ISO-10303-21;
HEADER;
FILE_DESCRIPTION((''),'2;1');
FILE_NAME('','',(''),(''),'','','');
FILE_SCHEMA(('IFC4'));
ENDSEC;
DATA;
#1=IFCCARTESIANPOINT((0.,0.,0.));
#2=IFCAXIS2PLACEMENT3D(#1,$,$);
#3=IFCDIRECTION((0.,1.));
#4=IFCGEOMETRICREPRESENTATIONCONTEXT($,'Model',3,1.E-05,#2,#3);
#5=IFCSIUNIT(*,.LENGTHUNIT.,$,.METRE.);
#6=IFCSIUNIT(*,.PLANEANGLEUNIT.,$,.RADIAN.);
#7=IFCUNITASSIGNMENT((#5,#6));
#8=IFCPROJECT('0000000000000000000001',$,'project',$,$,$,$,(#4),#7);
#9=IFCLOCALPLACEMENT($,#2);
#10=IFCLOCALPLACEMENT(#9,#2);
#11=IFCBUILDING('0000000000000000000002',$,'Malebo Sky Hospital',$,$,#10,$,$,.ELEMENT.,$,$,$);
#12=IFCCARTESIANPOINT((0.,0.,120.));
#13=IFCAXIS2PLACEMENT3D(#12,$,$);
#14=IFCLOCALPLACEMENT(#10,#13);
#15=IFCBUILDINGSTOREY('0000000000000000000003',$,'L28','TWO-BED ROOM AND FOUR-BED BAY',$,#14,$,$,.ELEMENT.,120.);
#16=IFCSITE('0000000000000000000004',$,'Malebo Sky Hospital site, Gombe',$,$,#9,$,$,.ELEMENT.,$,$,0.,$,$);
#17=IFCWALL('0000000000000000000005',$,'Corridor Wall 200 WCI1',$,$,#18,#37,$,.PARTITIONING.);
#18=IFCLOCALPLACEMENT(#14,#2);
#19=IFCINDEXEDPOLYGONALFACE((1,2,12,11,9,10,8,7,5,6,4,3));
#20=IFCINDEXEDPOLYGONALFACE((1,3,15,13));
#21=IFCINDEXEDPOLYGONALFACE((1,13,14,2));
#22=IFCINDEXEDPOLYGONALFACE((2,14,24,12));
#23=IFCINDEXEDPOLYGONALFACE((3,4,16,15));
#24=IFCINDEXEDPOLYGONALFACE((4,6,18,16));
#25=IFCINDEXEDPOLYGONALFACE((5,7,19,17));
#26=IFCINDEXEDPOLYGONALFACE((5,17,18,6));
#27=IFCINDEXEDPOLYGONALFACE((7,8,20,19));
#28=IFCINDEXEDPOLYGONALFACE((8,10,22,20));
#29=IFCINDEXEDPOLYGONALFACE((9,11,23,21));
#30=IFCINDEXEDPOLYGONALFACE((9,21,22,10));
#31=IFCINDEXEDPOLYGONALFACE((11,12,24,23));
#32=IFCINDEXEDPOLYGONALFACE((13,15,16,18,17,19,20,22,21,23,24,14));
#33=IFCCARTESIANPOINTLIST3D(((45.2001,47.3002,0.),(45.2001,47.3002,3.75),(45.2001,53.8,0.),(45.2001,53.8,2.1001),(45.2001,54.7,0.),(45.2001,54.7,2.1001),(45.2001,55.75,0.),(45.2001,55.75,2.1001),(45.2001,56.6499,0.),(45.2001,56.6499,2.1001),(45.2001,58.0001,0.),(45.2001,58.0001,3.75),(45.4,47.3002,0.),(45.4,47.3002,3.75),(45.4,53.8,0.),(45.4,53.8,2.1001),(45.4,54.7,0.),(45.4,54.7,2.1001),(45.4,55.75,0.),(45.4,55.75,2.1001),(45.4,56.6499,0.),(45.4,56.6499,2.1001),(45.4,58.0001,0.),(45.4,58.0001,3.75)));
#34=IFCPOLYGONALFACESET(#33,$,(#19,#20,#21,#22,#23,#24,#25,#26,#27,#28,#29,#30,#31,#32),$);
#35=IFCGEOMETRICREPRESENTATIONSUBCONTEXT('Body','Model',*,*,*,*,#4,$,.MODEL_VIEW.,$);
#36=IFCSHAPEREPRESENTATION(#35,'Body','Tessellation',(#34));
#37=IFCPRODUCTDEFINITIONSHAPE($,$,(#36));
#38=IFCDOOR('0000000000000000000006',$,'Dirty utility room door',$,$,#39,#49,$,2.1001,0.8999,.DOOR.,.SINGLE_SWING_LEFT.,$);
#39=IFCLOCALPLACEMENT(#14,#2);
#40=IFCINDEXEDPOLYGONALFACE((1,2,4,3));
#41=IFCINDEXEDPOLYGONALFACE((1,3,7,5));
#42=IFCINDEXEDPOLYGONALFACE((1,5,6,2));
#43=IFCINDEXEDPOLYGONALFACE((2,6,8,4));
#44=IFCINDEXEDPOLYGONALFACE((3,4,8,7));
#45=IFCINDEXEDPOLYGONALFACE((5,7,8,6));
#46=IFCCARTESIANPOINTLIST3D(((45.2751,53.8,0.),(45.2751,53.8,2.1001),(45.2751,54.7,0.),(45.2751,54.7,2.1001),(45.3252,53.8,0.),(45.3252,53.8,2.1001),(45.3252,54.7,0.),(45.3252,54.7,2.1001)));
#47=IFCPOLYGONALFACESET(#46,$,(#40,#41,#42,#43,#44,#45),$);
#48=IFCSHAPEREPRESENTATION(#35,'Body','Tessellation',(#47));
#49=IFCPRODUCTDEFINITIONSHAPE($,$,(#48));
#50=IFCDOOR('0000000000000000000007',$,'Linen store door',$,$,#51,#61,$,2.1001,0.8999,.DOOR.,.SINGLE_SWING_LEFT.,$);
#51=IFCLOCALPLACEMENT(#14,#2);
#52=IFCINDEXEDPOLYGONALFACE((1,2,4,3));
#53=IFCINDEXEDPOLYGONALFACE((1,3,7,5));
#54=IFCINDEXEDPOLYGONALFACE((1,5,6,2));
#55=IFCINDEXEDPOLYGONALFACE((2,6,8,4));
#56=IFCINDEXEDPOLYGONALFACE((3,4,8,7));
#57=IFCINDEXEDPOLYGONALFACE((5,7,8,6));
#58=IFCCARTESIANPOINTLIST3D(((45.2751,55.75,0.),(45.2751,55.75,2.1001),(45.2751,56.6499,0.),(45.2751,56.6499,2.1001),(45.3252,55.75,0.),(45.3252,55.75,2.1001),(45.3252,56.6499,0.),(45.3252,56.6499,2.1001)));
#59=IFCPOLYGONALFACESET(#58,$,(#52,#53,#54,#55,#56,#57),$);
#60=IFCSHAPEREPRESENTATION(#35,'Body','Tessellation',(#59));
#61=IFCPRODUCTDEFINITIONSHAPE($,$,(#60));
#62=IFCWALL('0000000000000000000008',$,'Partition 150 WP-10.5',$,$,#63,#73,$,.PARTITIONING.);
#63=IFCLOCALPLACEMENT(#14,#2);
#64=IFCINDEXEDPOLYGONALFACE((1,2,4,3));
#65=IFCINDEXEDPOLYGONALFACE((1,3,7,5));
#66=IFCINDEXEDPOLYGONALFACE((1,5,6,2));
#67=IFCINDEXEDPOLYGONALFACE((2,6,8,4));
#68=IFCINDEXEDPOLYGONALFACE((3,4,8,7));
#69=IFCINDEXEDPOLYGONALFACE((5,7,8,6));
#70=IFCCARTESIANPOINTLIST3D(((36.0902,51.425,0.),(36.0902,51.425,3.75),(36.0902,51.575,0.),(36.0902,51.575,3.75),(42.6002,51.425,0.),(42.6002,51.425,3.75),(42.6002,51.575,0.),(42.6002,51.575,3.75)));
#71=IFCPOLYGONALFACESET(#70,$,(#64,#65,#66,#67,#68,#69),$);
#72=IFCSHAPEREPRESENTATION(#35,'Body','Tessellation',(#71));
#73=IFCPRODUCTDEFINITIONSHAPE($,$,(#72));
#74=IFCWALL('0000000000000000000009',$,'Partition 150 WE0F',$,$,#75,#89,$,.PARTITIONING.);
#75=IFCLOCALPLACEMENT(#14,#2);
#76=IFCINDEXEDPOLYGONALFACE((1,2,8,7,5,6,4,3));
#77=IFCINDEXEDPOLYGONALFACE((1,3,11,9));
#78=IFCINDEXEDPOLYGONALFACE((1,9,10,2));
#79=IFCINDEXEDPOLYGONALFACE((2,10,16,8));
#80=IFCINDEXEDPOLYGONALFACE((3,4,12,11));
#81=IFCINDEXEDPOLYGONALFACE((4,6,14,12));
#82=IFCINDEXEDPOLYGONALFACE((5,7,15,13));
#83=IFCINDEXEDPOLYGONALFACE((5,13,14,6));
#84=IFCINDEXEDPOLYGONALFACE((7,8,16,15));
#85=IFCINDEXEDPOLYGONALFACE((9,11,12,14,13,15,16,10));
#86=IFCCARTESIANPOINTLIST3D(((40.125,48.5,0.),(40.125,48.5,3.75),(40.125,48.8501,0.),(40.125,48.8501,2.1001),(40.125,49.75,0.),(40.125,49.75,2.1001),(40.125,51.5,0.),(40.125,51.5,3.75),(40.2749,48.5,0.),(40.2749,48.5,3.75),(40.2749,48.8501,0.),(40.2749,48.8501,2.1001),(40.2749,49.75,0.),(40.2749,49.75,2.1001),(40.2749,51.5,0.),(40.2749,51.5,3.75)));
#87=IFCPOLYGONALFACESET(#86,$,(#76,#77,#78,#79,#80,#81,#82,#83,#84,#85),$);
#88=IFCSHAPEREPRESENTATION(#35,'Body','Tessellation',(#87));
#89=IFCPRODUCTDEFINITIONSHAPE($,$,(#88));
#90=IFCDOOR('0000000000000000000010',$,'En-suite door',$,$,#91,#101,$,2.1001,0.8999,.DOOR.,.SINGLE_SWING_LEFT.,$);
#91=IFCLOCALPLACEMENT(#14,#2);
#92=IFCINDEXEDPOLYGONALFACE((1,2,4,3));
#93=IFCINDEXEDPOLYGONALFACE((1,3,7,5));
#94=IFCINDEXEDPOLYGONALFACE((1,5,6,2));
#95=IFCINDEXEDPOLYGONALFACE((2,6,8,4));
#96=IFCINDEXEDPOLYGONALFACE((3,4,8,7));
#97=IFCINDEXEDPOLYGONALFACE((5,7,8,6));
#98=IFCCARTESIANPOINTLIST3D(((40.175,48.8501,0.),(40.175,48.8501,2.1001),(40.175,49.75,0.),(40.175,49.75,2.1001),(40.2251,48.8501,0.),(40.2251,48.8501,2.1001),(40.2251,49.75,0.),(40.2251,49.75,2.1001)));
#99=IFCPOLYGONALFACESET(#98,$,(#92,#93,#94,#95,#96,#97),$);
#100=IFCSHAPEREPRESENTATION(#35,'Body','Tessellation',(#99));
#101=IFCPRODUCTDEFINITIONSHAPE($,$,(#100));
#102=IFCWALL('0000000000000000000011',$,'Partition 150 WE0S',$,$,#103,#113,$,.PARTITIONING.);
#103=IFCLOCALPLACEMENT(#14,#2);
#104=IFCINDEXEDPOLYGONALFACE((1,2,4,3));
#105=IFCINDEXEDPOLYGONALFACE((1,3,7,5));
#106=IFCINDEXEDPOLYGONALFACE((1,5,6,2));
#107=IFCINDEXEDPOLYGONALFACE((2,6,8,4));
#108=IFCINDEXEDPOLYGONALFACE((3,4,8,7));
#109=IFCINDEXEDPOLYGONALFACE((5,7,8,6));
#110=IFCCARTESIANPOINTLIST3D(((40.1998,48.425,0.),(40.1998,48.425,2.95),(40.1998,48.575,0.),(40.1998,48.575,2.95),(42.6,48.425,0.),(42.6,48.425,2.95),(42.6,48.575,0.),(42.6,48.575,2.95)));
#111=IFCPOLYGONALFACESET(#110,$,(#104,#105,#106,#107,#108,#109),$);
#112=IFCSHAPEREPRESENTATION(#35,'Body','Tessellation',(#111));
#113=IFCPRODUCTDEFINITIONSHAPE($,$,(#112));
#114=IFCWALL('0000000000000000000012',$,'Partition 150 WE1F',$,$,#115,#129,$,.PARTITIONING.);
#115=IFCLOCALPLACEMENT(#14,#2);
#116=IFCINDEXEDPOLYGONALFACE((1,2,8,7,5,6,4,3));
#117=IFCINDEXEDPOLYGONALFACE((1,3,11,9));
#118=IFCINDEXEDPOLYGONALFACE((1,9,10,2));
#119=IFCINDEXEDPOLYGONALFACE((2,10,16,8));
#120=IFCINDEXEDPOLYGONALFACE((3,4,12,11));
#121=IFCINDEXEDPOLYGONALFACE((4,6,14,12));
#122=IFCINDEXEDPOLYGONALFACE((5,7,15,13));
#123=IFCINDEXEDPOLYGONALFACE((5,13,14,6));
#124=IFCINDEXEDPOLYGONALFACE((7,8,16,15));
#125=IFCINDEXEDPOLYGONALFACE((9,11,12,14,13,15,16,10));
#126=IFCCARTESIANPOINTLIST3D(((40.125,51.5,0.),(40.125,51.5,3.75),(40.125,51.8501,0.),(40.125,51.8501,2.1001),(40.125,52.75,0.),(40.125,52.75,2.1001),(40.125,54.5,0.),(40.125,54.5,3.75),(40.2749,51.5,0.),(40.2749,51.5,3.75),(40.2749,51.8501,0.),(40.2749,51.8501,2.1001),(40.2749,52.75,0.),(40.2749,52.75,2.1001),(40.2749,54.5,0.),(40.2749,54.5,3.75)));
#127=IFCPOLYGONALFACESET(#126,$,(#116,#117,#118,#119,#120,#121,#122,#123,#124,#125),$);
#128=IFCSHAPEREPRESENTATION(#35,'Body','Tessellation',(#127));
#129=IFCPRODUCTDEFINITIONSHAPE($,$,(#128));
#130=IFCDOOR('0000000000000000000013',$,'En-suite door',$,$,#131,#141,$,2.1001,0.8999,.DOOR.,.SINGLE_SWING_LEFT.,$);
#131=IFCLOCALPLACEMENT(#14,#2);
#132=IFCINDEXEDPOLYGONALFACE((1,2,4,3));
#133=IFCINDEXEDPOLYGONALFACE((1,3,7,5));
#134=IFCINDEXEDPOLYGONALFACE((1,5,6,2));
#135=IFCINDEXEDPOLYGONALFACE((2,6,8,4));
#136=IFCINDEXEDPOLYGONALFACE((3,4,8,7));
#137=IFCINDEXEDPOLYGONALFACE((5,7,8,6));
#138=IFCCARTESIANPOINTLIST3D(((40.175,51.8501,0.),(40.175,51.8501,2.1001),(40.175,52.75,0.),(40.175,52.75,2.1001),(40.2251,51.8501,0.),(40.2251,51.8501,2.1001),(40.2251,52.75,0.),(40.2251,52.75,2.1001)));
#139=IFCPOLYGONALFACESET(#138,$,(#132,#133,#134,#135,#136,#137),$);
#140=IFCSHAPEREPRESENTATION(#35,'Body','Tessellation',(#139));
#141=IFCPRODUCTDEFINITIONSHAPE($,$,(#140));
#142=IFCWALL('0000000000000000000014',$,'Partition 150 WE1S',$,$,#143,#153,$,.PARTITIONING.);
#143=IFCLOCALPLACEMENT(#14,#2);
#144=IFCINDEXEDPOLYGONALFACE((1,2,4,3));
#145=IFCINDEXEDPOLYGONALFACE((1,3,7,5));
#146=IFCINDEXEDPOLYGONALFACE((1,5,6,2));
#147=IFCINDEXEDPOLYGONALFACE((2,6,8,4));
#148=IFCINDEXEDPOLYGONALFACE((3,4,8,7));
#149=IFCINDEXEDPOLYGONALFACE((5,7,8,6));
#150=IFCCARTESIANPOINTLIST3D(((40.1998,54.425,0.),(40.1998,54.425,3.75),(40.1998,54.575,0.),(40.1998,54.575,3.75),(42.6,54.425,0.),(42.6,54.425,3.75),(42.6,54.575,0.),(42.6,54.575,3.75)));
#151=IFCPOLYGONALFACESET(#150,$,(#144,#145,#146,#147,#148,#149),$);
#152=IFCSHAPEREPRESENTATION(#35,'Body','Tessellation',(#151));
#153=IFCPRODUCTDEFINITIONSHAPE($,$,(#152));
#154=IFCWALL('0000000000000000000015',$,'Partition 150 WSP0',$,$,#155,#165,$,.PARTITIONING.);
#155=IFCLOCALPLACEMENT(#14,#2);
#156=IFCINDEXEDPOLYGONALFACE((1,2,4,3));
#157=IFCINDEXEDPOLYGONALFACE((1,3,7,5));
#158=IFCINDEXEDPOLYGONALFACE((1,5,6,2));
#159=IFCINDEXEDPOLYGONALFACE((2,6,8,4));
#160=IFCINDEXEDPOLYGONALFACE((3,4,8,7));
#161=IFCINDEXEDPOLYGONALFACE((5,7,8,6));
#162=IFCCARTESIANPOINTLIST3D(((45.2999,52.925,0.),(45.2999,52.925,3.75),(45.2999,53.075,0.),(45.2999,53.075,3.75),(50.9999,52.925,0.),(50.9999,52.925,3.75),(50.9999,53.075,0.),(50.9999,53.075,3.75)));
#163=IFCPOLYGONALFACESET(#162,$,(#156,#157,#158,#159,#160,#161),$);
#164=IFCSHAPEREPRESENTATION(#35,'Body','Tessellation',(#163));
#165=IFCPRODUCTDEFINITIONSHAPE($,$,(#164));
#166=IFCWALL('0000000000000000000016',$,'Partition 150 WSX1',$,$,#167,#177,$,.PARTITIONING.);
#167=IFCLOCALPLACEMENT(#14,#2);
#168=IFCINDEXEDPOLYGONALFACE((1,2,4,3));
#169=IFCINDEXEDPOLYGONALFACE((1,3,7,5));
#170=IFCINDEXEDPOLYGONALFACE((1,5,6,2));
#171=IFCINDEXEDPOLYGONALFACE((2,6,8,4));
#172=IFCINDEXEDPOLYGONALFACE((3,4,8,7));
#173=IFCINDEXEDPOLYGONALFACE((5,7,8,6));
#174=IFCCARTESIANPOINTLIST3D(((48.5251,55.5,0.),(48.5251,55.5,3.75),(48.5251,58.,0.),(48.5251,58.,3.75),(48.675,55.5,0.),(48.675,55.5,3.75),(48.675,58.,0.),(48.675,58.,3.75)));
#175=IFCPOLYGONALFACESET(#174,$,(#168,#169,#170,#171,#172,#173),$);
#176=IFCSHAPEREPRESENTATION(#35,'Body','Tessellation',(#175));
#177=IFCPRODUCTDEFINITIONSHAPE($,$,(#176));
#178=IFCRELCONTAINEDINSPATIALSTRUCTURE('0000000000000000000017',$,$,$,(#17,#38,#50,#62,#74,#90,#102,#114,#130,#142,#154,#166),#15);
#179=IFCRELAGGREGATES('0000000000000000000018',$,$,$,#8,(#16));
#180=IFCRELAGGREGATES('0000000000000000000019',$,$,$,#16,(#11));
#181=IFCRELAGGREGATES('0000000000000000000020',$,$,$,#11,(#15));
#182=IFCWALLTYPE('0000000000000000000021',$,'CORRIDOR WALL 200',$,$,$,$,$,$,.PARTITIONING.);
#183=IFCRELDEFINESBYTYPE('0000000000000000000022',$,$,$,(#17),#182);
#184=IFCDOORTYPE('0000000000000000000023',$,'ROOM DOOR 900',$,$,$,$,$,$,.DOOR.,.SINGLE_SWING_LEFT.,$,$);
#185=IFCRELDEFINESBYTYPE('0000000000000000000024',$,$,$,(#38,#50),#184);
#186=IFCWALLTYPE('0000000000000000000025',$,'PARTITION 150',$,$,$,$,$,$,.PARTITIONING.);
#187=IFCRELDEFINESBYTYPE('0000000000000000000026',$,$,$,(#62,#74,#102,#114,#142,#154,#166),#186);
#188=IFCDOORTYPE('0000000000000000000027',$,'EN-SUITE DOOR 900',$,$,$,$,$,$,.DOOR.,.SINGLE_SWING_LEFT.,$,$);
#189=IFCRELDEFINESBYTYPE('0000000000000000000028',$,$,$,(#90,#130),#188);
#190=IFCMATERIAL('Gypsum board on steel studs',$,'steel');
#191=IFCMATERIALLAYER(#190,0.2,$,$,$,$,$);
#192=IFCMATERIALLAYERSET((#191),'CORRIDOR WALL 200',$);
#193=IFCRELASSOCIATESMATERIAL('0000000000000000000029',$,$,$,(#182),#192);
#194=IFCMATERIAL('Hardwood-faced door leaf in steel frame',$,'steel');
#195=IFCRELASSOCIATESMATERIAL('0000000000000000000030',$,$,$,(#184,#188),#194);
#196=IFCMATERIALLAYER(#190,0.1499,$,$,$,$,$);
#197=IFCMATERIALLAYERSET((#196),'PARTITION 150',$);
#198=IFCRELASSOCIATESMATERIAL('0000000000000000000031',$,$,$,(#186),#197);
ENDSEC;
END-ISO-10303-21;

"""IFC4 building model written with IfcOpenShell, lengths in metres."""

from ifc_helpers import new_model, si_unit, direction, frame, frame_2d, origin, place, context, subcontext, project, spatial, rectangle, extrude, material, layer, layer_set, type_object, element, fill, save


model = new_model("IFC4")

# Units and contexts
model_context = context("Model", 3, precision=1e-05, world=origin(), true_north=direction((0.0, 1.0)))
body_context = subcontext(model_context, "Body", "Model", "MODEL_VIEW")
ifc_project = project(units=[si_unit("LENGTHUNIT", "METRE"), si_unit("PLANEANGLEUNIT", "RADIAN")], contexts=[model_context])

# Site, building, storey
site_placement = place(None, origin())
site = spatial("IfcSite", under=ifc_project, at=site_placement, Name="Malebo Sky Hospital site, Gombe", CompositionType="ELEMENT", RefElevation=0.0)
building_placement = place(site_placement, origin())
building = spatial("IfcBuilding", under=site, at=building_placement, Name="Malebo Sky Hospital", CompositionType="ELEMENT")
storey_placement = place(building_placement, frame((0.0, 0.0, 120.0)))
storey = spatial("IfcBuildingStorey", under=building, at=storey_placement, Name="L28", Description="TWO-BED ROOM AND FOUR-BED BAY", CompositionType="ELEMENT", Elevation=120.0)

# Shared definitions
ifc_material_1 = material(Name="Hardwood-faced door leaf in steel frame", Category="steel")

# Wall, openings, doors
ifc_material_2 = material(Name="Gypsum board on steel studs", Category="steel")
ifc_layer_1 = layer(ifc_material_2, 0.2)
ifc_layer_set_1 = layer_set([ifc_layer_1], Name="CORRIDOR WALL 200")
wall_type_1 = type_object("IfcWallType", Name="CORRIDOR WALL 200", PredefinedType="PARTITIONING", material=ifc_layer_set_1)
wall_1_placement = place(storey_placement, frame((45.3, 47.3, 0.0), z_axis=(0.0, 0.0, 1.0), x_axis=(0.0, 1.0, 0.0)))
wall_1 = element("IfcWall", 1, at=wall_1_placement, inside=storey, type_object=wall_type_1, Name="Corridor Wall 200 WCI1", PredefinedType="PARTITIONING", context=body_context, shape_type="SweptSolid", body=[
    extrude(rectangle(XDim=10.7, YDim=0.2, at=frame_2d((5.3501, 0.0))), origin(), (0.0, 0.0, 1.0), 3.75),
])
opening_1_placement = place(wall_1_placement, frame((6.5, 0.0, 0.0)))
opening_1 = element("IfcOpeningElement", 2, at=opening_1_placement, cuts=wall_1, PredefinedType="OPENING", context=body_context, shape_type="SweptSolid", body=[
    extrude(rectangle(XDim=0.8999, YDim=2.1001, at=frame_2d((0.45, 1.05))), frame((0.0, 0.1099, 0.0), z_axis=(0.0, -1.0, 0.0), x_axis=(1.0, 0.0, 0.0)), (0.0, 0.0, 1.0), 0.22),
])
opening_2_placement = place(wall_1_placement, frame((8.45, 0.0, 0.0)))
opening_2 = element("IfcOpeningElement", 3, at=opening_2_placement, cuts=wall_1, PredefinedType="OPENING", context=body_context, shape_type="SweptSolid", body=[
    extrude(rectangle(XDim=0.8999, YDim=2.1001, at=frame_2d((0.45, 1.05))), frame((0.0, 0.1099, 0.0), z_axis=(0.0, -1.0, 0.0), x_axis=(1.0, 0.0, 0.0)), (0.0, 0.0, 1.0), 0.22),
])
door_type_1 = type_object("IfcDoorType", Name="ROOM DOOR 900", OperationType="SINGLE_SWING_LEFT", PredefinedType="DOOR", material=ifc_material_1)
door_1_placement = place(opening_1_placement, origin())
door_1 = element("IfcDoor", 4, at=door_1_placement, inside=storey, type_object=door_type_1, Name="Dirty utility room door", OperationType="SINGLE_SWING_LEFT", OverallHeight=2.1001, OverallWidth=0.8999, PredefinedType="DOOR", context=body_context, shape_type="SweptSolid", body=[
    extrude(rectangle(XDim=0.8999, YDim=2.1001, at=frame_2d((0.45, 1.05))), frame((0.0, 0.0249, 0.0), z_axis=(0.0, -1.0, 0.0), x_axis=(1.0, 0.0, 0.0)), (0.0, 0.0, 1.0), 0.05),
])
fill(opening_1, door_1)
door_2_placement = place(opening_2_placement, origin())
door_2 = element("IfcDoor", 5, at=door_2_placement, inside=storey, type_object=door_type_1, Name="Linen store door", OperationType="SINGLE_SWING_LEFT", OverallHeight=2.1001, OverallWidth=0.8999, PredefinedType="DOOR", context=body_context, shape_type="SweptSolid", body=[
    extrude(rectangle(XDim=0.8999, YDim=2.1001, at=frame_2d((0.45, 1.05))), frame((0.0, 0.0249, 0.0), z_axis=(0.0, -1.0, 0.0), x_axis=(1.0, 0.0, 0.0)), (0.0, 0.0, 1.0), 0.05),
])
fill(opening_2, door_2)

# Wall
ifc_layer_2 = layer(ifc_material_2, 0.1499)
ifc_layer_set_2 = layer_set([ifc_layer_2], Name="PARTITION 150")
wall_type_2 = type_object("IfcWallType", Name="PARTITION 150", PredefinedType="PARTITIONING", material=ifc_layer_set_2)
wall_2_placement = place(storey_placement, frame((42.6001, 51.5, 0.0), z_axis=(0.0, 0.0, 1.0), x_axis=(-1.0, 0.0, 0.0)))
element("IfcWall", 6, at=wall_2_placement, inside=storey, type_object=wall_type_2, Name="Partition 150 WP-10.5", PredefinedType="PARTITIONING", context=body_context, shape_type="SweptSolid", body=[
    extrude(rectangle(XDim=6.51, YDim=0.1499, at=frame_2d((3.2549, 0.0))), origin(), (0.0, 0.0, 1.0), 3.75),
])

# Wall, opening, door
wall_3_placement = place(storey_placement, frame((40.2, 48.5, 0.0), z_axis=(0.0, 0.0, 1.0), x_axis=(0.0, 1.0, 0.0)))
wall_3 = element("IfcWall", 7, at=wall_3_placement, inside=storey, type_object=wall_type_2, Name="Partition 150 WE0F", PredefinedType="PARTITIONING", context=body_context, shape_type="SweptSolid", body=[
    extrude(rectangle(XDim=3.0, YDim=0.1499, at=frame_2d((1.5, 0.0))), origin(), (0.0, 0.0, 1.0), 3.75),
])
opening_3_placement = place(wall_3_placement, frame((0.3501, 0.0, 0.0)))
opening_3 = element("IfcOpeningElement", 8, at=opening_3_placement, cuts=wall_3, PredefinedType="OPENING", context=body_context, shape_type="SweptSolid", body=[
    extrude(rectangle(XDim=0.8999, YDim=2.1001, at=frame_2d((0.45, 1.05))), frame((0.0, 0.085, 0.0), z_axis=(0.0, -1.0, 0.0), x_axis=(1.0, 0.0, 0.0)), (0.0, 0.0, 1.0), 0.1699),
])
door_type_2 = type_object("IfcDoorType", Name="EN-SUITE DOOR 900", OperationType="SINGLE_SWING_LEFT", PredefinedType="DOOR", material=ifc_material_1)
door_3_placement = place(opening_3_placement, origin())
door_3 = element("IfcDoor", 9, at=door_3_placement, inside=storey, type_object=door_type_2, Name="En-suite door", OperationType="SINGLE_SWING_LEFT", OverallHeight=2.1001, OverallWidth=0.8999, PredefinedType="DOOR", context=body_context, shape_type="SweptSolid", body=[
    extrude(rectangle(XDim=0.8999, YDim=2.1001, at=frame_2d((0.45, 1.05))), frame((0.0, 0.0249, 0.0), z_axis=(0.0, -1.0, 0.0), x_axis=(1.0, 0.0, 0.0)), (0.0, 0.0, 1.0), 0.05),
])
fill(opening_3, door_3)

# Wall
wall_4_placement = place(storey_placement, frame((42.6001, 48.5, 0.0), z_axis=(0.0, 0.0, 1.0), x_axis=(-1.0, 0.0, 0.0)))
element("IfcWall", 10, at=wall_4_placement, inside=storey, type_object=wall_type_2, Name="Partition 150 WE0S", PredefinedType="PARTITIONING", context=body_context, shape_type="SweptSolid", body=[
    extrude(rectangle(XDim=2.4001, YDim=0.1499, at=frame_2d((1.2002, 0.0))), origin(), (0.0, 0.0, 1.0), 2.95),
])

# Wall, opening, door
wall_5_placement = place(storey_placement, frame((40.2, 51.5, 0.0), z_axis=(0.0, 0.0, 1.0), x_axis=(0.0, 1.0, 0.0)))
wall_5 = element("IfcWall", 11, at=wall_5_placement, inside=storey, type_object=wall_type_2, Name="Partition 150 WE1F", PredefinedType="PARTITIONING", context=body_context, shape_type="SweptSolid", body=[
    extrude(rectangle(XDim=3.0, YDim=0.1499, at=frame_2d((1.5, 0.0))), origin(), (0.0, 0.0, 1.0), 3.75),
])
opening_4_placement = place(wall_5_placement, frame((0.3501, 0.0, 0.0)))
opening_4 = element("IfcOpeningElement", 12, at=opening_4_placement, cuts=wall_5, PredefinedType="OPENING", context=body_context, shape_type="SweptSolid", body=[
    extrude(rectangle(XDim=0.8999, YDim=2.1001, at=frame_2d((0.45, 1.05))), frame((0.0, 0.085, 0.0), z_axis=(0.0, -1.0, 0.0), x_axis=(1.0, 0.0, 0.0)), (0.0, 0.0, 1.0), 0.1699),
])
door_4_placement = place(opening_4_placement, origin())
door_4 = element("IfcDoor", 13, at=door_4_placement, inside=storey, type_object=door_type_2, Name="En-suite door", OperationType="SINGLE_SWING_LEFT", OverallHeight=2.1001, OverallWidth=0.8999, PredefinedType="DOOR", context=body_context, shape_type="SweptSolid", body=[
    extrude(rectangle(XDim=0.8999, YDim=2.1001, at=frame_2d((0.45, 1.05))), frame((0.0, 0.0249, 0.0), z_axis=(0.0, -1.0, 0.0), x_axis=(1.0, 0.0, 0.0)), (0.0, 0.0, 1.0), 0.05),
])
fill(opening_4, door_4)

# Walls
wall_6_placement = place(storey_placement, frame((42.6001, 54.5, 0.0), z_axis=(0.0, 0.0, 1.0), x_axis=(-1.0, 0.0, 0.0)))
element("IfcWall", 14, at=wall_6_placement, inside=storey, type_object=wall_type_2, Name="Partition 150 WE1S", PredefinedType="PARTITIONING", context=body_context, shape_type="SweptSolid", body=[
    extrude(rectangle(XDim=2.4001, YDim=0.1499, at=frame_2d((1.2002, 0.0))), origin(), (0.0, 0.0, 1.0), 3.75),
])
wall_7_placement = place(storey_placement, frame((51.0, 53.0, 0.0), z_axis=(0.0, 0.0, 1.0), x_axis=(-1.0, 0.0, 0.0)))
element("IfcWall", 15, at=wall_7_placement, inside=storey, type_object=wall_type_2, Name="Partition 150 WSP0", PredefinedType="PARTITIONING", context=body_context, shape_type="SweptSolid", body=[
    extrude(rectangle(XDim=5.7, YDim=0.1499, at=frame_2d((2.8501, 0.0))), origin(), (0.0, 0.0, 1.0), 3.75),
])
wall_8_placement = place(storey_placement, frame((48.6001, 55.5, 0.0), z_axis=(0.0, 0.0, 1.0), x_axis=(0.0, 1.0, 0.0)))
element("IfcWall", 16, at=wall_8_placement, inside=storey, type_object=wall_type_2, Name="Partition 150 WSX1", PredefinedType="PARTITIONING", context=body_context, shape_type="SweptSolid", body=[
    extrude(rectangle(XDim=2.5, YDim=0.1499, at=frame_2d((1.25, 0.0))), origin(), (0.0, 0.0, 1.0), 3.75),
])

save(model, "model.ifc")
